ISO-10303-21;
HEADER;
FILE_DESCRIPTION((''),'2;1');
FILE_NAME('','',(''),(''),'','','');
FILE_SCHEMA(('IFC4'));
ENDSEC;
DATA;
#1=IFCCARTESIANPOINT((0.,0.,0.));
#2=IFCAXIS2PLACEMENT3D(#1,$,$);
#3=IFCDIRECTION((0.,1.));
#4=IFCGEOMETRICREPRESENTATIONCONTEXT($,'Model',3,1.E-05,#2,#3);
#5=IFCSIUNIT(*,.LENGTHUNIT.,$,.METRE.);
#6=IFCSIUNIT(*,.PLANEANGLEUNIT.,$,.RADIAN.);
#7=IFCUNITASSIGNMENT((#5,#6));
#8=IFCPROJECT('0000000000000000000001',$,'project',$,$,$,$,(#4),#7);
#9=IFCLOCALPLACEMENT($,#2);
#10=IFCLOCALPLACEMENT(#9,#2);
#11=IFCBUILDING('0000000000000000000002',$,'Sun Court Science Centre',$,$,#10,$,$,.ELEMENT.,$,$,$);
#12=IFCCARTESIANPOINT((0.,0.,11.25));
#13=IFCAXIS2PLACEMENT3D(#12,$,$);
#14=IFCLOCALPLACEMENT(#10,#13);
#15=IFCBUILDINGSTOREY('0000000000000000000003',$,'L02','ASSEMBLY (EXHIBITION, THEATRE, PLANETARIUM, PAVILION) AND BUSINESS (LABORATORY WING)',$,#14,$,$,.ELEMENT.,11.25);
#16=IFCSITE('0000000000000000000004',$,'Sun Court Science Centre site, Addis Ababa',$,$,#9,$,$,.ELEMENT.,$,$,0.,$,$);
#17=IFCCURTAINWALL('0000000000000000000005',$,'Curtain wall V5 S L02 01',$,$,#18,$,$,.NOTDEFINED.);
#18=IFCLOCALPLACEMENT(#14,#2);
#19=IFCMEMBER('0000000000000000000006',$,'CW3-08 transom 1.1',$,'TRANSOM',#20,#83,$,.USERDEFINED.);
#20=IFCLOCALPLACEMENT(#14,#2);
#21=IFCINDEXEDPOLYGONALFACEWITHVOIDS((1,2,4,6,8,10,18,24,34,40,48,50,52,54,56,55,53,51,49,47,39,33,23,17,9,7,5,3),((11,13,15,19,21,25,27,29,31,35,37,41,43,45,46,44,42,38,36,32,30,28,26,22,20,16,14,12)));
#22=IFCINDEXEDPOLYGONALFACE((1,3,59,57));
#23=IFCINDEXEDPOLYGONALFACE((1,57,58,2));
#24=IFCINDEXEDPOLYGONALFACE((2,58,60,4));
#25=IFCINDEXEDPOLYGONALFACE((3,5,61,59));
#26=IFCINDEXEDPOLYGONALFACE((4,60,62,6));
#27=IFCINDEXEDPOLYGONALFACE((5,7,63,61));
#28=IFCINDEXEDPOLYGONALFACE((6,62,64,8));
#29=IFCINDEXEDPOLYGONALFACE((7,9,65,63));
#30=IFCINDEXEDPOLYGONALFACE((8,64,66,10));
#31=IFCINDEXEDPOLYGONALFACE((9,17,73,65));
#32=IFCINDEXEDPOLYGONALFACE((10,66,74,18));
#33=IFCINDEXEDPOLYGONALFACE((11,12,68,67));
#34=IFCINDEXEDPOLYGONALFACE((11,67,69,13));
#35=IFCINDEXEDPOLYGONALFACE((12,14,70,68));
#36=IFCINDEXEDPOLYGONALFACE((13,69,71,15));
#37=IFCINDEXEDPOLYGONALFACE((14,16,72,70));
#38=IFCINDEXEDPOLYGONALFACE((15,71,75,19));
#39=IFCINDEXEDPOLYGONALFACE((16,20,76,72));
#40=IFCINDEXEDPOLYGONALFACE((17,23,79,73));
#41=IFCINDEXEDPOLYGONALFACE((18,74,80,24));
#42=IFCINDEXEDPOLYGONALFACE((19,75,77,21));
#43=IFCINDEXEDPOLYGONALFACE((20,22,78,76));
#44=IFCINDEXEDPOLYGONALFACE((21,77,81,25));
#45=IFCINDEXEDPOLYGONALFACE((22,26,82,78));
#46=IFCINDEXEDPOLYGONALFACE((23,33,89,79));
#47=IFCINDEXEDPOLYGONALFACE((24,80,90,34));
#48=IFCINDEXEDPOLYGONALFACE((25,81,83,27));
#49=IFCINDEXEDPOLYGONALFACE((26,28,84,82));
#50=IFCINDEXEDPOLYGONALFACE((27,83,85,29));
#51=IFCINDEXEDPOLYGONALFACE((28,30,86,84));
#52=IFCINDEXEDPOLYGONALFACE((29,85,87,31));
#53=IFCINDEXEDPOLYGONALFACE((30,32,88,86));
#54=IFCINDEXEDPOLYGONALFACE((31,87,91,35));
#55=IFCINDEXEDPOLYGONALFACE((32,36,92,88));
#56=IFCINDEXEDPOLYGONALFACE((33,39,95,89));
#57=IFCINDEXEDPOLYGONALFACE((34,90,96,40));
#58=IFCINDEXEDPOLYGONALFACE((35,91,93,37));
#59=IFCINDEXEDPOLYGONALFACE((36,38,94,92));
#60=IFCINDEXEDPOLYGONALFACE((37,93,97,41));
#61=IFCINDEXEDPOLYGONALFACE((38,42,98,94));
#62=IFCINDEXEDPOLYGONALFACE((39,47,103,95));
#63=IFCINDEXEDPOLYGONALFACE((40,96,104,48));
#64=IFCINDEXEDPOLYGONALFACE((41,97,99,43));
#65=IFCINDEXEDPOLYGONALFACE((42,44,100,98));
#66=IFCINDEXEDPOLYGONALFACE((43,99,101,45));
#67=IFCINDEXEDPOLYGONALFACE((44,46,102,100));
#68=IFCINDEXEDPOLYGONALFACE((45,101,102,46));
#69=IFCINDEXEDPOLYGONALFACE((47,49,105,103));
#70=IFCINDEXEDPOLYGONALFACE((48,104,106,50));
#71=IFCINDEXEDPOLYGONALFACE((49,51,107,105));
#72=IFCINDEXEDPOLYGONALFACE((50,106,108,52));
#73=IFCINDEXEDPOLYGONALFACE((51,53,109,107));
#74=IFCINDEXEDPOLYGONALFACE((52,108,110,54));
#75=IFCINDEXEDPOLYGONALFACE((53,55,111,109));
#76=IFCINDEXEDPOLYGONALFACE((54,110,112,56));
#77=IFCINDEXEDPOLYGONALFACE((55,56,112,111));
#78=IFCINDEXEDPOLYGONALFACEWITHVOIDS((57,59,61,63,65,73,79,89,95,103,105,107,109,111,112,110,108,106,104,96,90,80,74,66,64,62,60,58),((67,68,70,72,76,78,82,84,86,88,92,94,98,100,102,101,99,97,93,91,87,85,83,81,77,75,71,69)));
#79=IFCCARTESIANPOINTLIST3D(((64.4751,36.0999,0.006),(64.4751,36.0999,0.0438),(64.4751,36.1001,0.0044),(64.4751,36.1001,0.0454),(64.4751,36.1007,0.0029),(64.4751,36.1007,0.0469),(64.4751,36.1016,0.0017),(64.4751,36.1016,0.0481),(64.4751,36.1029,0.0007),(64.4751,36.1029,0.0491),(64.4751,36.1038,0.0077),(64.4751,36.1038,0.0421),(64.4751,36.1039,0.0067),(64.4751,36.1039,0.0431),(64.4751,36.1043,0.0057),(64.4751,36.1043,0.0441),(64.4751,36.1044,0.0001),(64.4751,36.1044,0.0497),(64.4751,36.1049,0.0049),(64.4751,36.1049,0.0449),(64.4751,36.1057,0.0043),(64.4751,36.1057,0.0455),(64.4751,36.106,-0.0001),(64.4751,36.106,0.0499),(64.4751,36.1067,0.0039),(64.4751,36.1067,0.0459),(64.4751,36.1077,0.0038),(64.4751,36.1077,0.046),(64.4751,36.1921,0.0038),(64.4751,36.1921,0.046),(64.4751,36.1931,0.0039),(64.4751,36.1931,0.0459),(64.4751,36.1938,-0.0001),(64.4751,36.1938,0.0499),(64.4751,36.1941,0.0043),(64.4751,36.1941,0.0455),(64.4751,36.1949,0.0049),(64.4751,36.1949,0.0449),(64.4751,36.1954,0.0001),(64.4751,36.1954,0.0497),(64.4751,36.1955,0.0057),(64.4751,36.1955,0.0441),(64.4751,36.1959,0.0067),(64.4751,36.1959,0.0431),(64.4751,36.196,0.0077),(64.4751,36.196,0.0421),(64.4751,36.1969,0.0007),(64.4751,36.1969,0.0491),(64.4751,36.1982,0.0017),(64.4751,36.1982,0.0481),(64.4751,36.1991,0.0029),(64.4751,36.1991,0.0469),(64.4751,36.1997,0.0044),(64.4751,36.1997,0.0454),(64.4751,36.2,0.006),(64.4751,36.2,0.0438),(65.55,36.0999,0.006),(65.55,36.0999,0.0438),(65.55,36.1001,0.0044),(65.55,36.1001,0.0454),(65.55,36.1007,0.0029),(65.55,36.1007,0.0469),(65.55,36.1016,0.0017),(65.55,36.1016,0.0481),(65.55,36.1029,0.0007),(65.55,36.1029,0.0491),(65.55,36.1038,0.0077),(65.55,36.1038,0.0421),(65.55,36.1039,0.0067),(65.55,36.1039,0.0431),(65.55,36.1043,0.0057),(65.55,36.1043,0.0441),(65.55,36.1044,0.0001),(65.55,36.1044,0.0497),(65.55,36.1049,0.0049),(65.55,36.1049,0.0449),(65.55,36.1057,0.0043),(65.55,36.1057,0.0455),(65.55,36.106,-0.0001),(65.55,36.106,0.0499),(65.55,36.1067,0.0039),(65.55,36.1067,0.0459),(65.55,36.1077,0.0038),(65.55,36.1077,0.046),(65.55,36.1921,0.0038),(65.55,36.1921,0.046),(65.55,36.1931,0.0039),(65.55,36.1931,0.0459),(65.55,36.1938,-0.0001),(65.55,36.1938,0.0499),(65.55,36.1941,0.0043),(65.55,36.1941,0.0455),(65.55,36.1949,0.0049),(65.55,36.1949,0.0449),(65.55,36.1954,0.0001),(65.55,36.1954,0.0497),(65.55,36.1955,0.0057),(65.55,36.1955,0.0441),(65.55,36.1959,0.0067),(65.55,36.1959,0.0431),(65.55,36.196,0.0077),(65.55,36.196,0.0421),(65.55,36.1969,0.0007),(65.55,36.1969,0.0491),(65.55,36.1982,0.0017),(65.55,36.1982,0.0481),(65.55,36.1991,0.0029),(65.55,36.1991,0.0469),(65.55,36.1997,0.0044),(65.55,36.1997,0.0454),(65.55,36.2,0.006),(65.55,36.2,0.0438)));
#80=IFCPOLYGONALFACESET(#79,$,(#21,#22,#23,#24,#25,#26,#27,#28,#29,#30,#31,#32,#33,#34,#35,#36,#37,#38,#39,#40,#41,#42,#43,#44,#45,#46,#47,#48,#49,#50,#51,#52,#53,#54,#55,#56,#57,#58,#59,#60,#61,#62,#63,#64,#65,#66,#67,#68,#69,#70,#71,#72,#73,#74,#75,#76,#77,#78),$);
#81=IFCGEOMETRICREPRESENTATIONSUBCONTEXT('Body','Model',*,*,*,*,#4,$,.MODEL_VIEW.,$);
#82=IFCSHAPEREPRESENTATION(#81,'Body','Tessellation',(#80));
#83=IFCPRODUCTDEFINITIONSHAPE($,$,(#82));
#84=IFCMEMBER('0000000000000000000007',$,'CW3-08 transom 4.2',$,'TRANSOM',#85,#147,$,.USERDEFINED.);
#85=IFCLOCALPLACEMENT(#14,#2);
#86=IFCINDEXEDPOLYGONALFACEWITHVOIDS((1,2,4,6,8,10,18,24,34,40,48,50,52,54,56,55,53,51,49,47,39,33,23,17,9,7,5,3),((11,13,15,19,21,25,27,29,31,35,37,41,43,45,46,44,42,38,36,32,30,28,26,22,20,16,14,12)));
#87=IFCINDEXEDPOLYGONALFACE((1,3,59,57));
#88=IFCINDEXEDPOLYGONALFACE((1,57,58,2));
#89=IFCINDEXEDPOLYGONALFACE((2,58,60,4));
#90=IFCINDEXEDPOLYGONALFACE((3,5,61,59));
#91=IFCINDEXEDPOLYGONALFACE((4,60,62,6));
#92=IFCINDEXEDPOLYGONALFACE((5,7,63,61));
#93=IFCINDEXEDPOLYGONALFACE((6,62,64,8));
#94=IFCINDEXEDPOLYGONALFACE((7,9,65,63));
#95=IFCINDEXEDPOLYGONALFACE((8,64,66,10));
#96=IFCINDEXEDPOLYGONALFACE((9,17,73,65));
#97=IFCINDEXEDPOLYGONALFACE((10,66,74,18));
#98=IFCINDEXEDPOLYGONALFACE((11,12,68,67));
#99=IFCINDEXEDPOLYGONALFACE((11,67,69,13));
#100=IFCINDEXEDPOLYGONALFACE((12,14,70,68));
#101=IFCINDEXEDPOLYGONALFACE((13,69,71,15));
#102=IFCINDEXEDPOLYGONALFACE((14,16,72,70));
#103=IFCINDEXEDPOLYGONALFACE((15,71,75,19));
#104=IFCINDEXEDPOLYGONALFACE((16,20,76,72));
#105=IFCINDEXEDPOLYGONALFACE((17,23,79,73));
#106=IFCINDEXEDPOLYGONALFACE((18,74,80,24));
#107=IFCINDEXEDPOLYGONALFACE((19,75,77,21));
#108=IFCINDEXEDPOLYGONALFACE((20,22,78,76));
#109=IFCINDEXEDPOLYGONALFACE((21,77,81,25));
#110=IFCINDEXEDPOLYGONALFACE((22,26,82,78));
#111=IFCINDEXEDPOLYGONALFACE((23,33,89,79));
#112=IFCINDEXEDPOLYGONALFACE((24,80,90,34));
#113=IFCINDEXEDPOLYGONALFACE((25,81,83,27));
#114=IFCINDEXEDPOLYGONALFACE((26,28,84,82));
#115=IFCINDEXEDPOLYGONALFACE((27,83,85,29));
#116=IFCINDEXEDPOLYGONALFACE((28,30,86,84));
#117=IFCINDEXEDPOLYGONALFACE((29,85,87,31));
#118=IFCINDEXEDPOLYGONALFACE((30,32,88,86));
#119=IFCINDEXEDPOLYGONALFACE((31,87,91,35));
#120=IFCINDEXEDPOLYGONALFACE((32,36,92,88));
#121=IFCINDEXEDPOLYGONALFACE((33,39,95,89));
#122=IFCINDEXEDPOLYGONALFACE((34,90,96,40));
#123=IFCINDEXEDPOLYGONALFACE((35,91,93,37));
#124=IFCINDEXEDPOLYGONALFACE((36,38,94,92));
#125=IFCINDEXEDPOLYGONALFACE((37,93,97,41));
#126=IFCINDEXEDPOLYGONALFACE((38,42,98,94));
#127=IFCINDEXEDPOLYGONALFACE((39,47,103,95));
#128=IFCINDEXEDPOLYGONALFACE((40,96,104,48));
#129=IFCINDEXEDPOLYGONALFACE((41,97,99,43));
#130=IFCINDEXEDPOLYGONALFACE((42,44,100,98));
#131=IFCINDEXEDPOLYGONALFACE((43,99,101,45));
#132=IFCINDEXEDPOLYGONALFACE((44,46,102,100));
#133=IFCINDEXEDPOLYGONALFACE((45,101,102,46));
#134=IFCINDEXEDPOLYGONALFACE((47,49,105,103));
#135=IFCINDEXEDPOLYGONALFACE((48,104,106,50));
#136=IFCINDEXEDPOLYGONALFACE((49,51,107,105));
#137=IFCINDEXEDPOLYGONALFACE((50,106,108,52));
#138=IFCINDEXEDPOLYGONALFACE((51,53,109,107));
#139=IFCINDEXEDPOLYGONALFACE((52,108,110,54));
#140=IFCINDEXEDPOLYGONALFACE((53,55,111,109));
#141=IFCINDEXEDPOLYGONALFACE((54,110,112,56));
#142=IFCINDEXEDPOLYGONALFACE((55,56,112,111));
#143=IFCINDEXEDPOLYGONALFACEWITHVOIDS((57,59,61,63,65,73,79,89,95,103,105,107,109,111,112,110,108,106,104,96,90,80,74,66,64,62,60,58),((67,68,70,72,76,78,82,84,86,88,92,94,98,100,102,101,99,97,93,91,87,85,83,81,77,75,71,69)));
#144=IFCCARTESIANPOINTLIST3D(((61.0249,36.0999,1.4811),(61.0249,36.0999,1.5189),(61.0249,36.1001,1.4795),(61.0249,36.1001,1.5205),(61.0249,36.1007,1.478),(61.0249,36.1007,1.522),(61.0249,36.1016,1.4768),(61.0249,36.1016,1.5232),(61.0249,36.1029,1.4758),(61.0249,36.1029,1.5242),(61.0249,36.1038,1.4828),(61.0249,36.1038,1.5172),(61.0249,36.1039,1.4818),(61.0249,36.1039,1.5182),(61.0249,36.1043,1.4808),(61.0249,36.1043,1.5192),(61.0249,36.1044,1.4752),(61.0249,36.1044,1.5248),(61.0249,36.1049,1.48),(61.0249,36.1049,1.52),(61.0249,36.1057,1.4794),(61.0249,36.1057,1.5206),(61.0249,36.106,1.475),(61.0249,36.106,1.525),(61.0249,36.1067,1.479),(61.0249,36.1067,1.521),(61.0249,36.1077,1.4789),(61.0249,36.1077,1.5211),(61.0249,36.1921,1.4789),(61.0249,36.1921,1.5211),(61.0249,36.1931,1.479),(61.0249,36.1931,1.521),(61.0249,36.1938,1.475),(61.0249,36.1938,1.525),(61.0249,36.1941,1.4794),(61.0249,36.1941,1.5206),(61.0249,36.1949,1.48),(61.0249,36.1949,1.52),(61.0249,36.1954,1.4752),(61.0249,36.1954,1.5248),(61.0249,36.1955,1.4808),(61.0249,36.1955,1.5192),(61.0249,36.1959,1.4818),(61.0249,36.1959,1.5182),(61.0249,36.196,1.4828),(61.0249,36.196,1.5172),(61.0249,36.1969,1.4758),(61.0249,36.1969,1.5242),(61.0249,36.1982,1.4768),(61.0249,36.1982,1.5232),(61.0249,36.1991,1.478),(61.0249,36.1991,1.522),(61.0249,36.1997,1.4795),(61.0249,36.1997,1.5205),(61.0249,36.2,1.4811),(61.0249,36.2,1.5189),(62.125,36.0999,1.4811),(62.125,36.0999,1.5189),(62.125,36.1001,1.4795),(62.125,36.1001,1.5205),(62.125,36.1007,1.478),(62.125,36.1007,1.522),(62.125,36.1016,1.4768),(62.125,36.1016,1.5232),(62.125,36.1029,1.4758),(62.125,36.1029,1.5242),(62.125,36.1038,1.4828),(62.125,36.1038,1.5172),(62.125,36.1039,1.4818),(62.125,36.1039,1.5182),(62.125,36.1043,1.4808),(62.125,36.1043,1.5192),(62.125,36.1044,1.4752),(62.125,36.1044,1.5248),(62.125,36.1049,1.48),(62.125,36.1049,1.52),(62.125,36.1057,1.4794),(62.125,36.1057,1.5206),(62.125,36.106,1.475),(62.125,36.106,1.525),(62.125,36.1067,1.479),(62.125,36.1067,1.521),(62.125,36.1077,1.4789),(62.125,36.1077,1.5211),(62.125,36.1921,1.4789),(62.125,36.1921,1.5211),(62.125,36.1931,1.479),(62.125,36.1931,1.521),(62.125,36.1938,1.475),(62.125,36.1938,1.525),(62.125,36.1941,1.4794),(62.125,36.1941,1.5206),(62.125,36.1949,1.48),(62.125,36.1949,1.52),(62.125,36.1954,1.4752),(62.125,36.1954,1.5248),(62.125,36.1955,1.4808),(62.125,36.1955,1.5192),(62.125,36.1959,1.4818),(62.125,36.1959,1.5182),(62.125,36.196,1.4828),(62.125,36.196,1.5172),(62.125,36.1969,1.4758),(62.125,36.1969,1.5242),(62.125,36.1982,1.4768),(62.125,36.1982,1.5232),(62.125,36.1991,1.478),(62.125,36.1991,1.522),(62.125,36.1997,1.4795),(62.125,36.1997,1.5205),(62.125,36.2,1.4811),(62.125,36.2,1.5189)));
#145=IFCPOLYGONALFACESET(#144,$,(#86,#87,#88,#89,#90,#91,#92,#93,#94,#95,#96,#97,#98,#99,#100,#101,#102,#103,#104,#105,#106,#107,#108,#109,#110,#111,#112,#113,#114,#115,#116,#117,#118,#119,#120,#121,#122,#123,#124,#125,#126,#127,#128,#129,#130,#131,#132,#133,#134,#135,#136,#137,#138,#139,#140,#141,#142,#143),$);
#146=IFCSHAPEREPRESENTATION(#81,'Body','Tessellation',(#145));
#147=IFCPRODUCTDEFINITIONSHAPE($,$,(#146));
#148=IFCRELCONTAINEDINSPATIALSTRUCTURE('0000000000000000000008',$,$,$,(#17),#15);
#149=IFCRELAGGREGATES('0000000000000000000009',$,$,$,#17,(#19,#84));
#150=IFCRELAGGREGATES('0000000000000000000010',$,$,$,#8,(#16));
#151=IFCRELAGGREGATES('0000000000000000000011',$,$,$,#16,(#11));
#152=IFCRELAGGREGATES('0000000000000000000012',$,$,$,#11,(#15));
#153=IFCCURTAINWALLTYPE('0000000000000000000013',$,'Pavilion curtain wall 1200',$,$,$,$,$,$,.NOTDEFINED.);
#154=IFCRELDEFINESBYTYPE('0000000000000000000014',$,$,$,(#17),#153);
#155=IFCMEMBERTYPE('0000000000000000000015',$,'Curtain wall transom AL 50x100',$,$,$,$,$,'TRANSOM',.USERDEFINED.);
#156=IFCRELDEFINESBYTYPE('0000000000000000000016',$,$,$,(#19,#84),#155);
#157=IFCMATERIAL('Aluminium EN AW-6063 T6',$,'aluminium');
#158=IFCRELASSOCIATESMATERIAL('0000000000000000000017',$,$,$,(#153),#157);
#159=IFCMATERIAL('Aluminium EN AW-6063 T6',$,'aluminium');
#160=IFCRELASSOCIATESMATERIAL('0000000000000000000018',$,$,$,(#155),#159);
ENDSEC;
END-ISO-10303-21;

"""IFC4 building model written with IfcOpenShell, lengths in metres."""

from ifc_helpers import new_model, si_unit, direction, frame, origin, origin_2d, place, context, subcontext, project, spatial, hollow_rectangle, extrude, material, material_profile, profile_set, type_object, element, aggregate, save


model = new_model("IFC4")

# Units and contexts
model_context = context("Model", 3, precision=1e-05, world=origin(), true_north=direction((0.0, 1.0)))
body_context = subcontext(model_context, "Body", "Model", "MODEL_VIEW")
ifc_project = project(units=[si_unit("LENGTHUNIT", "METRE"), si_unit("PLANEANGLEUNIT", "RADIAN")], contexts=[model_context])

# Site, building, storey
site_placement = place(None, origin())
site = spatial("IfcSite", under=ifc_project, at=site_placement, Name="Sun Court Science Centre site, Addis Ababa", CompositionType="ELEMENT", RefElevation=0.0)
building_placement = place(site_placement, origin())
building = spatial("IfcBuilding", under=site, at=building_placement, Name="Sun Court Science Centre", CompositionType="ELEMENT")
storey_placement = place(building_placement, frame((0.0, 0.0, 11.25)))
storey = spatial("IfcBuildingStorey", under=building, at=storey_placement, Name="L02", Description="ASSEMBLY (EXHIBITION, THEATRE, PLANETARIUM, PAVILION) AND BUSINESS (LABORATORY WING)", CompositionType="ELEMENT", Elevation=11.25)

# Curtain wall, members
ifc_material_1 = material(Name="Aluminium EN AW-6063 T6", Category="aluminium")
curtain_wall_type = type_object("IfcCurtainWallType", Name="Pavilion curtain wall 1200", PredefinedType="NOTDEFINED", material=ifc_material_1)
curtain_wall_placement = place(storey_placement, origin())
curtain_wall = element("IfcCurtainWall", 1, at=curtain_wall_placement, inside=storey, type_object=curtain_wall_type, Name="Curtain wall V5 S L02 01", PredefinedType="NOTDEFINED")
ifc_material_2 = material(Name="Aluminium EN AW-6063 T6", Category="aluminium")
ifc_material_profile_1 = material_profile(ifc_material_2, hollow_rectangle(XDim=0.05, YDim=0.1001, WallThickness=0.0039, InnerFilletRadius=0.0039, OuterFilletRadius=0.0061, at=origin_2d()), Name="AL 50x100x4")
ifc_profile_set_1 = profile_set([ifc_material_profile_1], Name="Aluminium EN AW-6063 T6")
member_type_1 = type_object("IfcMemberType", Name="Curtain wall transom AL 50x100", ElementType="TRANSOM", PredefinedType="USERDEFINED", material=ifc_profile_set_1)
member_1_placement = place(storey_placement, frame((65.55, 36.1499, 0.0249), z_axis=(-1.0, 0.0, 0.0), x_axis=(0.0, 0.0, 1.0)))
member_1 = element("IfcMember", 2, at=member_1_placement, type_object=member_type_1, Name="CW3-08 transom 1.1", ObjectType="TRANSOM", PredefinedType="USERDEFINED", context=body_context, shape_type="SweptSolid", body=[
    extrude(hollow_rectangle(XDim=0.05, YDim=0.1001, WallThickness=0.0039, InnerFilletRadius=0.0039, OuterFilletRadius=0.0061, at=origin_2d()), origin(), (0.0, 0.0, 1.0), 1.075),
])
member_2_placement = place(storey_placement, frame((62.125, 36.1499, 1.5), z_axis=(-1.0, 0.0, 0.0), x_axis=(0.0, 0.0, 1.0)))
member_2 = element("IfcMember", 3, at=member_2_placement, type_object=member_type_1, Name="CW3-08 transom 4.2", ObjectType="TRANSOM", PredefinedType="USERDEFINED", context=body_context, shape_type="SweptSolid", body=[
    extrude(hollow_rectangle(XDim=0.05, YDim=0.1001, WallThickness=0.0039, InnerFilletRadius=0.0039, OuterFilletRadius=0.0061, at=origin_2d()), origin(), (0.0, 0.0, 1.0), 1.1001),
])
aggregate(curtain_wall, [member_1, member_2])

save(model, "model.ifc")
